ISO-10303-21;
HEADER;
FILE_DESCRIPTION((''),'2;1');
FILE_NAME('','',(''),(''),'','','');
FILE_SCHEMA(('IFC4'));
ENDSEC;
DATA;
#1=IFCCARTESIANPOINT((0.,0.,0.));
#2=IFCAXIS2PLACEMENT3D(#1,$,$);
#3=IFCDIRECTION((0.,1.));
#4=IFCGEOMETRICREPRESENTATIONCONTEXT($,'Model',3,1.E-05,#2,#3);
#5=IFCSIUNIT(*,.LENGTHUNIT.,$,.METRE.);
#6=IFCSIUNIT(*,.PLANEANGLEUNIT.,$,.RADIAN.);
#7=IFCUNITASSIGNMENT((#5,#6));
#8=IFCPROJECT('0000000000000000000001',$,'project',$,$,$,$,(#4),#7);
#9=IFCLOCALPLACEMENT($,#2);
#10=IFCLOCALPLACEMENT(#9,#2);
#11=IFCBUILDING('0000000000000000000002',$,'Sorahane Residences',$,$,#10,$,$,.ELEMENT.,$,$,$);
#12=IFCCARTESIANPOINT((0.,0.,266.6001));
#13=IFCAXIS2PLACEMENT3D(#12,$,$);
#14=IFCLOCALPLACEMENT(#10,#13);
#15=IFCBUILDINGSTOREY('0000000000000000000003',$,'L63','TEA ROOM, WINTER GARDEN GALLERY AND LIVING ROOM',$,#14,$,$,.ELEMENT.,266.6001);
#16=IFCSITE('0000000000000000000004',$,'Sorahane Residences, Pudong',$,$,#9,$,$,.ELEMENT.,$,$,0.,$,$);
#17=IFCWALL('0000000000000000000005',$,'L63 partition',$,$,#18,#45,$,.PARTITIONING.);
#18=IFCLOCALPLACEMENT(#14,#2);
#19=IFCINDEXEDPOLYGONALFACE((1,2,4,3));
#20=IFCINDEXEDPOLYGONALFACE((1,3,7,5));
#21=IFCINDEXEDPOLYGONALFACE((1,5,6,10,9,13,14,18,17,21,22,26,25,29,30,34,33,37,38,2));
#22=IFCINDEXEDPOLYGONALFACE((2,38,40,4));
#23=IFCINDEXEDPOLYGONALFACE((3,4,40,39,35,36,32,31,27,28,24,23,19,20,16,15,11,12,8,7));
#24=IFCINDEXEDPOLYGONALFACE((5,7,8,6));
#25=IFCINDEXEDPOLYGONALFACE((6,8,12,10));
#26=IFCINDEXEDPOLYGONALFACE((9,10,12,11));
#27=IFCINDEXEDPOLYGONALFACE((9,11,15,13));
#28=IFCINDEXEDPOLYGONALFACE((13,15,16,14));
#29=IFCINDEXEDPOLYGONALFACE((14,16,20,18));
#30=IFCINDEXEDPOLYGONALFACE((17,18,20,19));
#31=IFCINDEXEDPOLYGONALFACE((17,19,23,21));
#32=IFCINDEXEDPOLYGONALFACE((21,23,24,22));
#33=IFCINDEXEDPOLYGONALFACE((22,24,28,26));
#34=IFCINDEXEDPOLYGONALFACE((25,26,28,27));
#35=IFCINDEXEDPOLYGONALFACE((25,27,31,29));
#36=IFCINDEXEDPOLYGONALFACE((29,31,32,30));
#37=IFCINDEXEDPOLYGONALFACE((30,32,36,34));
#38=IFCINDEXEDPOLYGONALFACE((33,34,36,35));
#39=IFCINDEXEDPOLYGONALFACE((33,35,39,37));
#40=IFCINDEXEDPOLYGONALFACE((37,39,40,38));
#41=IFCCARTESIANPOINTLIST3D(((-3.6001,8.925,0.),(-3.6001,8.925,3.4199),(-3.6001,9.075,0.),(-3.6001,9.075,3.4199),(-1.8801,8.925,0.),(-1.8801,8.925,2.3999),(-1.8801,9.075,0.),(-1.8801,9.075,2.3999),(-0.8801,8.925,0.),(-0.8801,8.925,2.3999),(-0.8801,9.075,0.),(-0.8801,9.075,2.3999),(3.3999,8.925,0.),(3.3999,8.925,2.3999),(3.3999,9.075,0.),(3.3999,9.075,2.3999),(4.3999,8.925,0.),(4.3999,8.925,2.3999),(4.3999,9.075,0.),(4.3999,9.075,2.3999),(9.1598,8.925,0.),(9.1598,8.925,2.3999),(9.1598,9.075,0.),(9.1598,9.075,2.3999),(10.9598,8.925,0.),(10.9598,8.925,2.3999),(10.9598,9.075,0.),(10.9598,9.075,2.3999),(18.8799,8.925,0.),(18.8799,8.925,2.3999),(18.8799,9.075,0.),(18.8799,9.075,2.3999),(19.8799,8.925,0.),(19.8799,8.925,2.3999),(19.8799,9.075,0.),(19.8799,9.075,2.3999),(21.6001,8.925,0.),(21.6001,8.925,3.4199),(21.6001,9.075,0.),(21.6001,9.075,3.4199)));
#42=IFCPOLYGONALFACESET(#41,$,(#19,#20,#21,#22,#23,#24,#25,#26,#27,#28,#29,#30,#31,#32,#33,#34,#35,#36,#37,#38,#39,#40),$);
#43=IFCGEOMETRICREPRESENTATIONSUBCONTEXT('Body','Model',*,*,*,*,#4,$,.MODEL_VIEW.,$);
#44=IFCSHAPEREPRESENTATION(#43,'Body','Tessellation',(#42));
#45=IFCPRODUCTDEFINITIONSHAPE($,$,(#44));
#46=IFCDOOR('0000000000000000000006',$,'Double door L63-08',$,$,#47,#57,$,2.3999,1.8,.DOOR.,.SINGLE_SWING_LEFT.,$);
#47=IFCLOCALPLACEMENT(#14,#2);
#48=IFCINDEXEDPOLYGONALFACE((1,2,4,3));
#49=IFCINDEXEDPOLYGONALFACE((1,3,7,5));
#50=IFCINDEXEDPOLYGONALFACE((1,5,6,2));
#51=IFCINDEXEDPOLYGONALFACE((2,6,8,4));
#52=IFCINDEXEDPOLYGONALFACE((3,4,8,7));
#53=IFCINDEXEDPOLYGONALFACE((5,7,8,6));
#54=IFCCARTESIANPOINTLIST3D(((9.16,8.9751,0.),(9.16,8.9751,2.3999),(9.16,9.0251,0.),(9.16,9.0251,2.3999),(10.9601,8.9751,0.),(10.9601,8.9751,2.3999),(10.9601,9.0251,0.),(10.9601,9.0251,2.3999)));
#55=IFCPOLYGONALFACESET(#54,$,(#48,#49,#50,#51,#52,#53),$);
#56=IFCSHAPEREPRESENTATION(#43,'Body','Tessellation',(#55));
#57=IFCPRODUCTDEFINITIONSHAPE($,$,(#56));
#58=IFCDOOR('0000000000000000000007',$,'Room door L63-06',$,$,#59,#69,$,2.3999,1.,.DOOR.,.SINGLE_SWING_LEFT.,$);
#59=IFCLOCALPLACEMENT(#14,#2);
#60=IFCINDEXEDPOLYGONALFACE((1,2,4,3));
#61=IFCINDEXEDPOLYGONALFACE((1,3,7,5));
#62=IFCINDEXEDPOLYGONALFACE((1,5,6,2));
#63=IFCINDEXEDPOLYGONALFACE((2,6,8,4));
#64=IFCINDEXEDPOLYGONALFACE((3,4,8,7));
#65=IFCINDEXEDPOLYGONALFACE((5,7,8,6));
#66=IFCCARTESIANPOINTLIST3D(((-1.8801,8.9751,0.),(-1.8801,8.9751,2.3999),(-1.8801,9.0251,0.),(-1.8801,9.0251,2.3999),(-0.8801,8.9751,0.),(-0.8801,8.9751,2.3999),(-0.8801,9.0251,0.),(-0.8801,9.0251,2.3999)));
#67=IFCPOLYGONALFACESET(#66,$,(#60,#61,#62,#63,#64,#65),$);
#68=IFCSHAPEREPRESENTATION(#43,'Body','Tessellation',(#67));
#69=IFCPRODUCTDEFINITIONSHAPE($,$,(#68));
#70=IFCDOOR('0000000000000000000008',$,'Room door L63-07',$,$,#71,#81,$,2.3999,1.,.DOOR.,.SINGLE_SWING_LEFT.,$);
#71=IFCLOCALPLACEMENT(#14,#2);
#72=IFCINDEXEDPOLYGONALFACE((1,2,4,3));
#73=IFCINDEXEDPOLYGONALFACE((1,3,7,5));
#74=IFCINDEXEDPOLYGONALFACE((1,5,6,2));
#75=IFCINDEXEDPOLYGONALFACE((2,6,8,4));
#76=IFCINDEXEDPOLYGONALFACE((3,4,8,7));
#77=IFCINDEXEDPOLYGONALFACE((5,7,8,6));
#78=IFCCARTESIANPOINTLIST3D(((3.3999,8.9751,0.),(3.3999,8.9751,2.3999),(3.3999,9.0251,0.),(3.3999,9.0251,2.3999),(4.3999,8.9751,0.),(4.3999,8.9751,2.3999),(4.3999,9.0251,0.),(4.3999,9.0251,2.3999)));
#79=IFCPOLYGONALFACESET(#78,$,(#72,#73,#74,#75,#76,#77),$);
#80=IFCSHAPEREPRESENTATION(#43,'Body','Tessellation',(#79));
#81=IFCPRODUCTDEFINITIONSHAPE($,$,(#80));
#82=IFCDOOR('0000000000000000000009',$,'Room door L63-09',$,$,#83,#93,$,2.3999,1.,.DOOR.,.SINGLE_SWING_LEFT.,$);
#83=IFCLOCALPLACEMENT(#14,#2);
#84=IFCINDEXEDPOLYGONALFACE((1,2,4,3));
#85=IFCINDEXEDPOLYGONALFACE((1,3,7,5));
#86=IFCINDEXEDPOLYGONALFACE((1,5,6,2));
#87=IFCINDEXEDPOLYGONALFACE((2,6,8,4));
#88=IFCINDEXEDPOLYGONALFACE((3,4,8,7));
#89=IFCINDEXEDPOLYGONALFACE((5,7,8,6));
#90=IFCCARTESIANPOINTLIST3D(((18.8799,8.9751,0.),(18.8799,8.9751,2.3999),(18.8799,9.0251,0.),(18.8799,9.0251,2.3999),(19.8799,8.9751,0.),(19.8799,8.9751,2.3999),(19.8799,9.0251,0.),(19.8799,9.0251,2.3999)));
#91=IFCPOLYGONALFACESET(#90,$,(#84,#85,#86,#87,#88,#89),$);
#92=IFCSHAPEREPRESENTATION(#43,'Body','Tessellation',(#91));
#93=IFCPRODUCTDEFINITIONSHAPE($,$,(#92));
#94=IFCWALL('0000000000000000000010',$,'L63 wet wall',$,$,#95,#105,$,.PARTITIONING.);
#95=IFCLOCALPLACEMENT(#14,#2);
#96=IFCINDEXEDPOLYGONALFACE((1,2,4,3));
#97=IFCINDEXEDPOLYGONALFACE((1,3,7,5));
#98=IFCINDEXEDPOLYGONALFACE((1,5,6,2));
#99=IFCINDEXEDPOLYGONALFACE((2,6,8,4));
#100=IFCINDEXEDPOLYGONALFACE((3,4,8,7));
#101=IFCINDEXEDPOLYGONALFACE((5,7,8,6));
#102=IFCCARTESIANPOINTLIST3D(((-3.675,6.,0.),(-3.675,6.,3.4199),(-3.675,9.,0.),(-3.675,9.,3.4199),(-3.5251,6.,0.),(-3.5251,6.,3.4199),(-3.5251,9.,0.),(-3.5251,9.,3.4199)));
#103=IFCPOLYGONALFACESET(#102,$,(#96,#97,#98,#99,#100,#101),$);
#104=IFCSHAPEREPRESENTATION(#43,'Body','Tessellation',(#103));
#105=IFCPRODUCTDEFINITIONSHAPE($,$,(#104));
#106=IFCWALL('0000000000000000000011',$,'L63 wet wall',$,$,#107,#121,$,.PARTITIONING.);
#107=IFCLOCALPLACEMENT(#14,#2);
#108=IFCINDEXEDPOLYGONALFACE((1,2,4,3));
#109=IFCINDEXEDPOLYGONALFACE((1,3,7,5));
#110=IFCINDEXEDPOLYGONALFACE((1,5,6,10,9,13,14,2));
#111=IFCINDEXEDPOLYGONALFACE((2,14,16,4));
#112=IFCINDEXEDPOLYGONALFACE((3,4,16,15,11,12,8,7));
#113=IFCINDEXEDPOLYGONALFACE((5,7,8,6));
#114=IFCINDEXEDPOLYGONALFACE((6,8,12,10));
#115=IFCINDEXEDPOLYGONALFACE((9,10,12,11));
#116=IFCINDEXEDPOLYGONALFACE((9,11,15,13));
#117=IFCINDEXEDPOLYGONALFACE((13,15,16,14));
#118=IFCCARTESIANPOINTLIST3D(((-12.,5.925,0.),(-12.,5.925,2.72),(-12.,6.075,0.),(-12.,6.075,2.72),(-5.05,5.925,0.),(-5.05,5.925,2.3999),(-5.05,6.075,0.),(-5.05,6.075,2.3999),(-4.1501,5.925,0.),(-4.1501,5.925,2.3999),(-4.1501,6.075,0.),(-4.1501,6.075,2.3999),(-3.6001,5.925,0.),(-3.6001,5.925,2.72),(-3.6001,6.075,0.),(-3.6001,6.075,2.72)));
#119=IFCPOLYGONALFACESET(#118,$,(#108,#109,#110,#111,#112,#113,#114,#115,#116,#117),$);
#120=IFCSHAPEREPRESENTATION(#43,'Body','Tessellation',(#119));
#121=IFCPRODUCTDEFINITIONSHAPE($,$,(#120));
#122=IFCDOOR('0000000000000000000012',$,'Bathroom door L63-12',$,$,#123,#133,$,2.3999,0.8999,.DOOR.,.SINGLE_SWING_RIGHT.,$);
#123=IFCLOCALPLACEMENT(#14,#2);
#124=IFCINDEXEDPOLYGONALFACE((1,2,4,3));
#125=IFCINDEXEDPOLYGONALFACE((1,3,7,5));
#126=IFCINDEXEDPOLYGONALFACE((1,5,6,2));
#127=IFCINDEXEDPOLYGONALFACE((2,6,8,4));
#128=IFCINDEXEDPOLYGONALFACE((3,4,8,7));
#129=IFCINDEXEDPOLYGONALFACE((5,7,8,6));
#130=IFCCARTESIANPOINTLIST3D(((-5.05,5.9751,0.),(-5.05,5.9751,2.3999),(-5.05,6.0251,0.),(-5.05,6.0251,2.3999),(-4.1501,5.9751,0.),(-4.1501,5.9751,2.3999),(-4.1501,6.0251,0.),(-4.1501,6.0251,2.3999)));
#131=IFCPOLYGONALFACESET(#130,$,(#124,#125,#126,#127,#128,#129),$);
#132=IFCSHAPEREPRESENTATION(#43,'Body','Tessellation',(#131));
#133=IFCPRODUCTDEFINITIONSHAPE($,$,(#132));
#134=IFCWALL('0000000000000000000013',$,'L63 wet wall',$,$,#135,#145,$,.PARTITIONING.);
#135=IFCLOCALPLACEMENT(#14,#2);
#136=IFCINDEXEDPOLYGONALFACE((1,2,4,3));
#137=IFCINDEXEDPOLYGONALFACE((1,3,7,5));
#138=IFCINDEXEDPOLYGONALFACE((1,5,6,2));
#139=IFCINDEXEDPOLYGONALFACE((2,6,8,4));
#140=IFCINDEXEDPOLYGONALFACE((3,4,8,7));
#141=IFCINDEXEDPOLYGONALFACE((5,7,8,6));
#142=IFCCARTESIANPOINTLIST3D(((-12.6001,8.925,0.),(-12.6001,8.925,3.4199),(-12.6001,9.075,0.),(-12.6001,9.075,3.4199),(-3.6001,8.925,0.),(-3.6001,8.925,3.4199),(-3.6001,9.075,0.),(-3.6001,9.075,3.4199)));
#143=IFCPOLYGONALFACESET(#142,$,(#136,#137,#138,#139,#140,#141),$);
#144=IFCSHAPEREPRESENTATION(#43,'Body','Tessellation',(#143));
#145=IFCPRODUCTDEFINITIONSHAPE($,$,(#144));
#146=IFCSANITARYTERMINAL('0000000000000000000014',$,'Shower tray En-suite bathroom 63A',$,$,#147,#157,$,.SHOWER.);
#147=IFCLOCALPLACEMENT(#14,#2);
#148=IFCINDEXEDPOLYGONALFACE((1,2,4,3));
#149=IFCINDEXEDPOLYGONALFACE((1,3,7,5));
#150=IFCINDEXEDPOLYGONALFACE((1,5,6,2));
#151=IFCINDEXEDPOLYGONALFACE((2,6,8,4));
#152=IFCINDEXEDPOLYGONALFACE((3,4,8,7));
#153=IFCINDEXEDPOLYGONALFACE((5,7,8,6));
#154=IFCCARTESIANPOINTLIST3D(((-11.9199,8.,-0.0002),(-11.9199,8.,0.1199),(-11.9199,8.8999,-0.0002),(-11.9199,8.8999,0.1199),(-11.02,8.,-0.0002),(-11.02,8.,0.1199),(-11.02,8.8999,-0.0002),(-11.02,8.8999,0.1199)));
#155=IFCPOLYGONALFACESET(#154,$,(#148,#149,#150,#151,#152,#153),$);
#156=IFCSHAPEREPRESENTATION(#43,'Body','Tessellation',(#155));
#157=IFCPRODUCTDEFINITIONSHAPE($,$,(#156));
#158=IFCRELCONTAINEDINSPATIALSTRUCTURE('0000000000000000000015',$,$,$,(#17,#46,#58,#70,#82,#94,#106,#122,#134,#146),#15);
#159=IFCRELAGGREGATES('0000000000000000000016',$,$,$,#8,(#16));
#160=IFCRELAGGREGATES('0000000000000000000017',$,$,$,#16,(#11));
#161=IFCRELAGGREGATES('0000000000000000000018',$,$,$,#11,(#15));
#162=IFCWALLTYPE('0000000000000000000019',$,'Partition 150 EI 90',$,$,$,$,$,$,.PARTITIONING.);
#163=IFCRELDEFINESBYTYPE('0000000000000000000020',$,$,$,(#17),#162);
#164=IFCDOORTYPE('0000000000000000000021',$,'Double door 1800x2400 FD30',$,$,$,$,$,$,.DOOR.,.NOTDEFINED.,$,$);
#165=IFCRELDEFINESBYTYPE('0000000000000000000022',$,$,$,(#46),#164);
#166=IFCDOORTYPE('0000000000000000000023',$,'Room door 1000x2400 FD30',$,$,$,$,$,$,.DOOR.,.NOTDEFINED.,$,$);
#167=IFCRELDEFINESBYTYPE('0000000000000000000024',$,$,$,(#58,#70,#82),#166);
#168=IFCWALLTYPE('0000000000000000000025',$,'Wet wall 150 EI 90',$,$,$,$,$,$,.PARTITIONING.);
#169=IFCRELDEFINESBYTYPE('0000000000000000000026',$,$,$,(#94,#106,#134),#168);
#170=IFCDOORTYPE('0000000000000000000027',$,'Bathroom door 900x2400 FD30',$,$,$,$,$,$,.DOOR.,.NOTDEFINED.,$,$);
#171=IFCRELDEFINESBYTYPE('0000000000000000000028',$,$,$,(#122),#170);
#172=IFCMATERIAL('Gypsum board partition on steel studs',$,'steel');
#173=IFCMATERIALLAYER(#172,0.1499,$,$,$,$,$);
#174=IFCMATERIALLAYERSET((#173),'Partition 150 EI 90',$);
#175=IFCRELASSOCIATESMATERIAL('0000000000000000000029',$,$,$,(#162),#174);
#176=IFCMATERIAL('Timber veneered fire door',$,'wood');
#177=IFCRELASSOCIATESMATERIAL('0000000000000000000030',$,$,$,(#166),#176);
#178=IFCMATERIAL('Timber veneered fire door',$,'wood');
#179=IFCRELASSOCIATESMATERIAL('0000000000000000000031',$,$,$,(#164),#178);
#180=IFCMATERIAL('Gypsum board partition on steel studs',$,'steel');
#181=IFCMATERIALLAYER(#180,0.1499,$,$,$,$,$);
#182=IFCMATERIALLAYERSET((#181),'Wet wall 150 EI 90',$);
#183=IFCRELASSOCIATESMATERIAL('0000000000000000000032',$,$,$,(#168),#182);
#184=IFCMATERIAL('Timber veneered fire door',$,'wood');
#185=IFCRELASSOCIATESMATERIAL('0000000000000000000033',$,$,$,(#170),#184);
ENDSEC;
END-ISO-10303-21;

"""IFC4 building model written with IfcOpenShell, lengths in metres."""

from ifc_helpers import new_model, si_unit, direction, frame, frame_2d, origin, origin_2d, place, context, subcontext, project, spatial, rectangle, extrude, material, layer, layer_set, type_object, element, fill, save


model = new_model("IFC4")

# Units and contexts
model_context = context("Model", 3, precision=1e-05, world=origin(), true_north=direction((0.0, 1.0)))
body_context = subcontext(model_context, "Body", "Model", "MODEL_VIEW")
ifc_project = project(units=[si_unit("LENGTHUNIT", "METRE"), si_unit("PLANEANGLEUNIT", "RADIAN")], contexts=[model_context])

# Site, building, storey
site_placement = place(None, origin())
site = spatial("IfcSite", under=ifc_project, at=site_placement, Name="Sorahane Residences, Pudong", CompositionType="ELEMENT", RefElevation=0.0)
building_placement = place(site_placement, origin())
building = spatial("IfcBuilding", under=site, at=building_placement, Name="Sorahane Residences", CompositionType="ELEMENT")
storey_placement = place(building_placement, frame((0.0, 0.0, 266.6001)))
storey = spatial("IfcBuildingStorey", under=building, at=storey_placement, Name="L63", Description="TEA ROOM, WINTER GARDEN GALLERY AND LIVING ROOM", CompositionType="ELEMENT", Elevation=266.6001)

# Shared definitions
ifc_material_1 = material(Name="Gypsum board partition on steel studs", Category="steel")
ifc_layer_1 = layer(ifc_material_1, 0.1499)
ifc_layer_set_1 = layer_set([ifc_layer_1], Name="Partition 150 EI 90")
wall_type_1 = type_object("IfcWallType", Name="Partition 150 EI 90", PredefinedType="PARTITIONING", material=ifc_layer_set_1)
ifc_material_2 = material(Name="Timber veneered fire door", Category="wood")
door_type_1 = type_object("IfcDoorType", Name="Room door 1000x2400 FD30", OperationType="NOTDEFINED", PredefinedType="DOOR", material=ifc_material_2)

# Wall, openings, doors
wall_1_placement = place(storey_placement, frame((-3.6001, 9.0, 0.0), z_axis=(0.0, 0.0, 1.0), x_axis=(1.0, 0.0, 0.0)))
wall_1 = element("IfcWall", 1, at=wall_1_placement, inside=storey, type_object=wall_type_1, Name="L63 partition", PredefinedType="PARTITIONING", context=body_context, shape_type="SweptSolid", body=[
    extrude(rectangle(XDim=25.2002, YDim=0.1499, at=frame_2d((12.6001, 0.0))), origin(), (0.0, 0.0, 1.0), 3.4199),
])
opening_1_placement = place(wall_1_placement, frame((1.72, 0.0, 0.0)))
opening_1 = element("IfcOpeningElement", 2, at=opening_1_placement, cuts=wall_1, PredefinedType="OPENING", context=body_context, shape_type="SweptSolid", body=[
    extrude(rectangle(XDim=1.0, YDim=2.3999, at=frame_2d((0.5, 1.2))), frame((0.0, 0.085, 0.0), z_axis=(0.0, -1.0, 0.0), x_axis=(1.0, 0.0, 0.0)), (0.0, 0.0, 1.0), 0.1699),
])
opening_2_placement = place(wall_1_placement, frame((7.0, 0.0, 0.0)))
opening_2 = element("IfcOpeningElement", 3, at=opening_2_placement, cuts=wall_1, PredefinedType="OPENING", context=body_context, shape_type="SweptSolid", body=[
    extrude(rectangle(XDim=1.0, YDim=2.3999, at=frame_2d((0.5, 1.2))), frame((0.0, 0.085, 0.0), z_axis=(0.0, -1.0, 0.0), x_axis=(1.0, 0.0, 0.0)), (0.0, 0.0, 1.0), 0.1699),
])
opening_3_placement = place(wall_1_placement, frame((12.76, 0.0, 0.0)))
opening_3 = element("IfcOpeningElement", 4, at=opening_3_placement, cuts=wall_1, PredefinedType="OPENING", context=body_context, shape_type="SweptSolid", body=[
    extrude(rectangle(XDim=1.8, YDim=2.3999, at=frame_2d((0.8999, 1.2))), frame((0.0, 0.085, 0.0), z_axis=(0.0, -1.0, 0.0), x_axis=(1.0, 0.0, 0.0)), (0.0, 0.0, 1.0), 0.1699),
])
opening_4_placement = place(wall_1_placement, frame((22.48, 0.0, 0.0)))
opening_4 = element("IfcOpeningElement", 5, at=opening_4_placement, cuts=wall_1, PredefinedType="OPENING", context=body_context, shape_type="SweptSolid", body=[
    extrude(rectangle(XDim=1.0, YDim=2.3999, at=frame_2d((0.5, 1.2))), frame((0.0, 0.085, 0.0), z_axis=(0.0, -1.0, 0.0), x_axis=(1.0, 0.0, 0.0)), (0.0, 0.0, 1.0), 0.1699),
])
ifc_material_3 = material(Name="Timber veneered fire door", Category="wood")
door_type_2 = type_object("IfcDoorType", Name="Double door 1800x2400 FD30", OperationType="NOTDEFINED", PredefinedType="DOOR", material=ifc_material_3)
door_1_placement = place(opening_3_placement, frame((1.8, 0.0, 0.0), z_axis=(0.0, 0.0, 1.0), x_axis=(-1.0, 0.0, 0.0)))
door_1 = element("IfcDoor", 6, at=door_1_placement, inside=storey, type_object=door_type_2, Name="Double door L63-08", OperationType="SINGLE_SWING_LEFT", OverallHeight=2.3999, OverallWidth=1.8, PredefinedType="DOOR", context=body_context, shape_type="SweptSolid", body=[
    extrude(rectangle(XDim=1.8, YDim=2.3999, at=frame_2d((0.8999, 1.2))), frame((0.0, 0.0249, 0.0), z_axis=(0.0, -1.0, 0.0), x_axis=(1.0, 0.0, 0.0)), (0.0, 0.0, 1.0), 0.05),
])
fill(opening_3, door_1)
door_2_placement = place(opening_1_placement, frame((1.0, 0.0, 0.0), z_axis=(0.0, 0.0, 1.0), x_axis=(-1.0, 0.0, 0.0)))
door_2 = element("IfcDoor", 7, at=door_2_placement, inside=storey, type_object=door_type_1, Name="Room door L63-06", OperationType="SINGLE_SWING_LEFT", OverallHeight=2.3999, OverallWidth=1.0, PredefinedType="DOOR", context=body_context, shape_type="SweptSolid", body=[
    extrude(rectangle(XDim=1.0, YDim=2.3999, at=frame_2d((0.5, 1.2))), frame((0.0, 0.0249, 0.0), z_axis=(0.0, -1.0, 0.0), x_axis=(1.0, 0.0, 0.0)), (0.0, 0.0, 1.0), 0.05),
])
fill(opening_1, door_2)
door_3_placement = place(opening_2_placement, frame((1.0, 0.0, 0.0), z_axis=(0.0, 0.0, 1.0), x_axis=(-1.0, 0.0, 0.0)))
door_3 = element("IfcDoor", 8, at=door_3_placement, inside=storey, type_object=door_type_1, Name="Room door L63-07", OperationType="SINGLE_SWING_LEFT", OverallHeight=2.3999, OverallWidth=1.0, PredefinedType="DOOR", context=body_context, shape_type="SweptSolid", body=[
    extrude(rectangle(XDim=1.0, YDim=2.3999, at=frame_2d((0.5, 1.2))), frame((0.0, 0.0249, 0.0), z_axis=(0.0, -1.0, 0.0), x_axis=(1.0, 0.0, 0.0)), (0.0, 0.0, 1.0), 0.05),
])
fill(opening_2, door_3)
door_4_placement = place(opening_4_placement, frame((1.0, 0.0, 0.0), z_axis=(0.0, 0.0, 1.0), x_axis=(-1.0, 0.0, 0.0)))
door_4 = element("IfcDoor", 9, at=door_4_placement, inside=storey, type_object=door_type_1, Name="Room door L63-09", OperationType="SINGLE_SWING_LEFT", OverallHeight=2.3999, OverallWidth=1.0, PredefinedType="DOOR", context=body_context, shape_type="SweptSolid", body=[
    extrude(rectangle(XDim=1.0, YDim=2.3999, at=frame_2d((0.5, 1.2))), frame((0.0, 0.0249, 0.0), z_axis=(0.0, -1.0, 0.0), x_axis=(1.0, 0.0, 0.0)), (0.0, 0.0, 1.0), 0.05),
])
fill(opening_4, door_4)

# Wall
ifc_material_4 = material(Name="Gypsum board partition on steel studs", Category="steel")
ifc_layer_2 = layer(ifc_material_4, 0.1499)
ifc_layer_set_2 = layer_set([ifc_layer_2], Name="Wet wall 150 EI 90")
wall_type_2 = type_object("IfcWallType", Name="Wet wall 150 EI 90", PredefinedType="PARTITIONING", material=ifc_layer_set_2)
wall_2_placement = place(storey_placement, frame((-3.6001, 6.0, 0.0), z_axis=(0.0, 0.0, 1.0), x_axis=(0.0, 1.0, 0.0)))
element("IfcWall", 10, at=wall_2_placement, inside=storey, type_object=wall_type_2, Name="L63 wet wall", PredefinedType="PARTITIONING", context=body_context, shape_type="SweptSolid", body=[
    extrude(rectangle(XDim=3.0, YDim=0.1499, at=frame_2d((1.5, 0.0))), origin(), (0.0, 0.0, 1.0), 3.4199),
])

# Wall, opening, door
wall_3_placement = place(storey_placement, frame((-12.0, 6.0, 0.0), z_axis=(0.0, 0.0, 1.0), x_axis=(1.0, 0.0, 0.0)))
wall_3 = element("IfcWall", 11, at=wall_3_placement, inside=storey, type_object=wall_type_2, Name="L63 wet wall", PredefinedType="PARTITIONING", context=body_context, shape_type="SweptSolid", body=[
    extrude(rectangle(XDim=8.3999, YDim=0.1499, at=frame_2d((4.2, 0.0))), origin(), (0.0, 0.0, 1.0), 2.72),
])
opening_5_placement = place(wall_3_placement, frame((6.95, 0.0, 0.0)))
opening_5 = element("IfcOpeningElement", 12, at=opening_5_placement, cuts=wall_3, PredefinedType="OPENING", context=body_context, shape_type="SweptSolid", body=[
    extrude(rectangle(XDim=0.8999, YDim=2.3999, at=frame_2d((0.45, 1.2))), frame((0.0, 0.085, 0.0), z_axis=(0.0, -1.0, 0.0), x_axis=(1.0, 0.0, 0.0)), (0.0, 0.0, 1.0), 0.1699),
])
ifc_material_5 = material(Name="Timber veneered fire door", Category="wood")
door_type_3 = type_object("IfcDoorType", Name="Bathroom door 900x2400 FD30", OperationType="NOTDEFINED", PredefinedType="DOOR", material=ifc_material_5)
door_5_placement = place(opening_5_placement, frame((0.8999, 0.0, 0.0), z_axis=(0.0, 0.0, 1.0), x_axis=(-1.0, 0.0, 0.0)))
door_5 = element("IfcDoor", 13, at=door_5_placement, inside=storey, type_object=door_type_3, Name="Bathroom door L63-12", OperationType="SINGLE_SWING_RIGHT", OverallHeight=2.3999, OverallWidth=0.8999, PredefinedType="DOOR", context=body_context, shape_type="SweptSolid", body=[
    extrude(rectangle(XDim=0.8999, YDim=2.3999, at=frame_2d((0.45, 1.2))), frame((0.0, 0.0249, 0.0), z_axis=(0.0, -1.0, 0.0), x_axis=(1.0, 0.0, 0.0)), (0.0, 0.0, 1.0), 0.05),
])
fill(opening_5, door_5)

# Wall
wall_4_placement = place(storey_placement, frame((-12.6001, 9.0, 0.0), z_axis=(0.0, 0.0, 1.0), x_axis=(1.0, 0.0, 0.0)))
element("IfcWall", 14, at=wall_4_placement, inside=storey, type_object=wall_type_2, Name="L63 wet wall", PredefinedType="PARTITIONING", context=body_context, shape_type="SweptSolid", body=[
    extrude(rectangle(XDim=9.0, YDim=0.1499, at=frame_2d((4.5, 0.0))), origin(), (0.0, 0.0, 1.0), 3.4199),
])

# Sanitary terminal
sanitary_terminal_1_placement = place(storey_placement, frame((-11.47, 8.45, -0.0002), z_axis=(0.0, 0.0, 1.0), x_axis=(1.0, 0.0, 0.0)))
element("IfcSanitaryTerminal", 15, at=sanitary_terminal_1_placement, inside=storey, Name="Shower tray En-suite bathroom 63A", PredefinedType="SHOWER", context=body_context, shape_type="SweptSolid", body=[
    extrude(rectangle(XDim=0.8999, YDim=0.8999, at=origin_2d()), origin(), (0.0, 0.0, 1.0), 0.1201),
])

save(model, "model.ifc")
